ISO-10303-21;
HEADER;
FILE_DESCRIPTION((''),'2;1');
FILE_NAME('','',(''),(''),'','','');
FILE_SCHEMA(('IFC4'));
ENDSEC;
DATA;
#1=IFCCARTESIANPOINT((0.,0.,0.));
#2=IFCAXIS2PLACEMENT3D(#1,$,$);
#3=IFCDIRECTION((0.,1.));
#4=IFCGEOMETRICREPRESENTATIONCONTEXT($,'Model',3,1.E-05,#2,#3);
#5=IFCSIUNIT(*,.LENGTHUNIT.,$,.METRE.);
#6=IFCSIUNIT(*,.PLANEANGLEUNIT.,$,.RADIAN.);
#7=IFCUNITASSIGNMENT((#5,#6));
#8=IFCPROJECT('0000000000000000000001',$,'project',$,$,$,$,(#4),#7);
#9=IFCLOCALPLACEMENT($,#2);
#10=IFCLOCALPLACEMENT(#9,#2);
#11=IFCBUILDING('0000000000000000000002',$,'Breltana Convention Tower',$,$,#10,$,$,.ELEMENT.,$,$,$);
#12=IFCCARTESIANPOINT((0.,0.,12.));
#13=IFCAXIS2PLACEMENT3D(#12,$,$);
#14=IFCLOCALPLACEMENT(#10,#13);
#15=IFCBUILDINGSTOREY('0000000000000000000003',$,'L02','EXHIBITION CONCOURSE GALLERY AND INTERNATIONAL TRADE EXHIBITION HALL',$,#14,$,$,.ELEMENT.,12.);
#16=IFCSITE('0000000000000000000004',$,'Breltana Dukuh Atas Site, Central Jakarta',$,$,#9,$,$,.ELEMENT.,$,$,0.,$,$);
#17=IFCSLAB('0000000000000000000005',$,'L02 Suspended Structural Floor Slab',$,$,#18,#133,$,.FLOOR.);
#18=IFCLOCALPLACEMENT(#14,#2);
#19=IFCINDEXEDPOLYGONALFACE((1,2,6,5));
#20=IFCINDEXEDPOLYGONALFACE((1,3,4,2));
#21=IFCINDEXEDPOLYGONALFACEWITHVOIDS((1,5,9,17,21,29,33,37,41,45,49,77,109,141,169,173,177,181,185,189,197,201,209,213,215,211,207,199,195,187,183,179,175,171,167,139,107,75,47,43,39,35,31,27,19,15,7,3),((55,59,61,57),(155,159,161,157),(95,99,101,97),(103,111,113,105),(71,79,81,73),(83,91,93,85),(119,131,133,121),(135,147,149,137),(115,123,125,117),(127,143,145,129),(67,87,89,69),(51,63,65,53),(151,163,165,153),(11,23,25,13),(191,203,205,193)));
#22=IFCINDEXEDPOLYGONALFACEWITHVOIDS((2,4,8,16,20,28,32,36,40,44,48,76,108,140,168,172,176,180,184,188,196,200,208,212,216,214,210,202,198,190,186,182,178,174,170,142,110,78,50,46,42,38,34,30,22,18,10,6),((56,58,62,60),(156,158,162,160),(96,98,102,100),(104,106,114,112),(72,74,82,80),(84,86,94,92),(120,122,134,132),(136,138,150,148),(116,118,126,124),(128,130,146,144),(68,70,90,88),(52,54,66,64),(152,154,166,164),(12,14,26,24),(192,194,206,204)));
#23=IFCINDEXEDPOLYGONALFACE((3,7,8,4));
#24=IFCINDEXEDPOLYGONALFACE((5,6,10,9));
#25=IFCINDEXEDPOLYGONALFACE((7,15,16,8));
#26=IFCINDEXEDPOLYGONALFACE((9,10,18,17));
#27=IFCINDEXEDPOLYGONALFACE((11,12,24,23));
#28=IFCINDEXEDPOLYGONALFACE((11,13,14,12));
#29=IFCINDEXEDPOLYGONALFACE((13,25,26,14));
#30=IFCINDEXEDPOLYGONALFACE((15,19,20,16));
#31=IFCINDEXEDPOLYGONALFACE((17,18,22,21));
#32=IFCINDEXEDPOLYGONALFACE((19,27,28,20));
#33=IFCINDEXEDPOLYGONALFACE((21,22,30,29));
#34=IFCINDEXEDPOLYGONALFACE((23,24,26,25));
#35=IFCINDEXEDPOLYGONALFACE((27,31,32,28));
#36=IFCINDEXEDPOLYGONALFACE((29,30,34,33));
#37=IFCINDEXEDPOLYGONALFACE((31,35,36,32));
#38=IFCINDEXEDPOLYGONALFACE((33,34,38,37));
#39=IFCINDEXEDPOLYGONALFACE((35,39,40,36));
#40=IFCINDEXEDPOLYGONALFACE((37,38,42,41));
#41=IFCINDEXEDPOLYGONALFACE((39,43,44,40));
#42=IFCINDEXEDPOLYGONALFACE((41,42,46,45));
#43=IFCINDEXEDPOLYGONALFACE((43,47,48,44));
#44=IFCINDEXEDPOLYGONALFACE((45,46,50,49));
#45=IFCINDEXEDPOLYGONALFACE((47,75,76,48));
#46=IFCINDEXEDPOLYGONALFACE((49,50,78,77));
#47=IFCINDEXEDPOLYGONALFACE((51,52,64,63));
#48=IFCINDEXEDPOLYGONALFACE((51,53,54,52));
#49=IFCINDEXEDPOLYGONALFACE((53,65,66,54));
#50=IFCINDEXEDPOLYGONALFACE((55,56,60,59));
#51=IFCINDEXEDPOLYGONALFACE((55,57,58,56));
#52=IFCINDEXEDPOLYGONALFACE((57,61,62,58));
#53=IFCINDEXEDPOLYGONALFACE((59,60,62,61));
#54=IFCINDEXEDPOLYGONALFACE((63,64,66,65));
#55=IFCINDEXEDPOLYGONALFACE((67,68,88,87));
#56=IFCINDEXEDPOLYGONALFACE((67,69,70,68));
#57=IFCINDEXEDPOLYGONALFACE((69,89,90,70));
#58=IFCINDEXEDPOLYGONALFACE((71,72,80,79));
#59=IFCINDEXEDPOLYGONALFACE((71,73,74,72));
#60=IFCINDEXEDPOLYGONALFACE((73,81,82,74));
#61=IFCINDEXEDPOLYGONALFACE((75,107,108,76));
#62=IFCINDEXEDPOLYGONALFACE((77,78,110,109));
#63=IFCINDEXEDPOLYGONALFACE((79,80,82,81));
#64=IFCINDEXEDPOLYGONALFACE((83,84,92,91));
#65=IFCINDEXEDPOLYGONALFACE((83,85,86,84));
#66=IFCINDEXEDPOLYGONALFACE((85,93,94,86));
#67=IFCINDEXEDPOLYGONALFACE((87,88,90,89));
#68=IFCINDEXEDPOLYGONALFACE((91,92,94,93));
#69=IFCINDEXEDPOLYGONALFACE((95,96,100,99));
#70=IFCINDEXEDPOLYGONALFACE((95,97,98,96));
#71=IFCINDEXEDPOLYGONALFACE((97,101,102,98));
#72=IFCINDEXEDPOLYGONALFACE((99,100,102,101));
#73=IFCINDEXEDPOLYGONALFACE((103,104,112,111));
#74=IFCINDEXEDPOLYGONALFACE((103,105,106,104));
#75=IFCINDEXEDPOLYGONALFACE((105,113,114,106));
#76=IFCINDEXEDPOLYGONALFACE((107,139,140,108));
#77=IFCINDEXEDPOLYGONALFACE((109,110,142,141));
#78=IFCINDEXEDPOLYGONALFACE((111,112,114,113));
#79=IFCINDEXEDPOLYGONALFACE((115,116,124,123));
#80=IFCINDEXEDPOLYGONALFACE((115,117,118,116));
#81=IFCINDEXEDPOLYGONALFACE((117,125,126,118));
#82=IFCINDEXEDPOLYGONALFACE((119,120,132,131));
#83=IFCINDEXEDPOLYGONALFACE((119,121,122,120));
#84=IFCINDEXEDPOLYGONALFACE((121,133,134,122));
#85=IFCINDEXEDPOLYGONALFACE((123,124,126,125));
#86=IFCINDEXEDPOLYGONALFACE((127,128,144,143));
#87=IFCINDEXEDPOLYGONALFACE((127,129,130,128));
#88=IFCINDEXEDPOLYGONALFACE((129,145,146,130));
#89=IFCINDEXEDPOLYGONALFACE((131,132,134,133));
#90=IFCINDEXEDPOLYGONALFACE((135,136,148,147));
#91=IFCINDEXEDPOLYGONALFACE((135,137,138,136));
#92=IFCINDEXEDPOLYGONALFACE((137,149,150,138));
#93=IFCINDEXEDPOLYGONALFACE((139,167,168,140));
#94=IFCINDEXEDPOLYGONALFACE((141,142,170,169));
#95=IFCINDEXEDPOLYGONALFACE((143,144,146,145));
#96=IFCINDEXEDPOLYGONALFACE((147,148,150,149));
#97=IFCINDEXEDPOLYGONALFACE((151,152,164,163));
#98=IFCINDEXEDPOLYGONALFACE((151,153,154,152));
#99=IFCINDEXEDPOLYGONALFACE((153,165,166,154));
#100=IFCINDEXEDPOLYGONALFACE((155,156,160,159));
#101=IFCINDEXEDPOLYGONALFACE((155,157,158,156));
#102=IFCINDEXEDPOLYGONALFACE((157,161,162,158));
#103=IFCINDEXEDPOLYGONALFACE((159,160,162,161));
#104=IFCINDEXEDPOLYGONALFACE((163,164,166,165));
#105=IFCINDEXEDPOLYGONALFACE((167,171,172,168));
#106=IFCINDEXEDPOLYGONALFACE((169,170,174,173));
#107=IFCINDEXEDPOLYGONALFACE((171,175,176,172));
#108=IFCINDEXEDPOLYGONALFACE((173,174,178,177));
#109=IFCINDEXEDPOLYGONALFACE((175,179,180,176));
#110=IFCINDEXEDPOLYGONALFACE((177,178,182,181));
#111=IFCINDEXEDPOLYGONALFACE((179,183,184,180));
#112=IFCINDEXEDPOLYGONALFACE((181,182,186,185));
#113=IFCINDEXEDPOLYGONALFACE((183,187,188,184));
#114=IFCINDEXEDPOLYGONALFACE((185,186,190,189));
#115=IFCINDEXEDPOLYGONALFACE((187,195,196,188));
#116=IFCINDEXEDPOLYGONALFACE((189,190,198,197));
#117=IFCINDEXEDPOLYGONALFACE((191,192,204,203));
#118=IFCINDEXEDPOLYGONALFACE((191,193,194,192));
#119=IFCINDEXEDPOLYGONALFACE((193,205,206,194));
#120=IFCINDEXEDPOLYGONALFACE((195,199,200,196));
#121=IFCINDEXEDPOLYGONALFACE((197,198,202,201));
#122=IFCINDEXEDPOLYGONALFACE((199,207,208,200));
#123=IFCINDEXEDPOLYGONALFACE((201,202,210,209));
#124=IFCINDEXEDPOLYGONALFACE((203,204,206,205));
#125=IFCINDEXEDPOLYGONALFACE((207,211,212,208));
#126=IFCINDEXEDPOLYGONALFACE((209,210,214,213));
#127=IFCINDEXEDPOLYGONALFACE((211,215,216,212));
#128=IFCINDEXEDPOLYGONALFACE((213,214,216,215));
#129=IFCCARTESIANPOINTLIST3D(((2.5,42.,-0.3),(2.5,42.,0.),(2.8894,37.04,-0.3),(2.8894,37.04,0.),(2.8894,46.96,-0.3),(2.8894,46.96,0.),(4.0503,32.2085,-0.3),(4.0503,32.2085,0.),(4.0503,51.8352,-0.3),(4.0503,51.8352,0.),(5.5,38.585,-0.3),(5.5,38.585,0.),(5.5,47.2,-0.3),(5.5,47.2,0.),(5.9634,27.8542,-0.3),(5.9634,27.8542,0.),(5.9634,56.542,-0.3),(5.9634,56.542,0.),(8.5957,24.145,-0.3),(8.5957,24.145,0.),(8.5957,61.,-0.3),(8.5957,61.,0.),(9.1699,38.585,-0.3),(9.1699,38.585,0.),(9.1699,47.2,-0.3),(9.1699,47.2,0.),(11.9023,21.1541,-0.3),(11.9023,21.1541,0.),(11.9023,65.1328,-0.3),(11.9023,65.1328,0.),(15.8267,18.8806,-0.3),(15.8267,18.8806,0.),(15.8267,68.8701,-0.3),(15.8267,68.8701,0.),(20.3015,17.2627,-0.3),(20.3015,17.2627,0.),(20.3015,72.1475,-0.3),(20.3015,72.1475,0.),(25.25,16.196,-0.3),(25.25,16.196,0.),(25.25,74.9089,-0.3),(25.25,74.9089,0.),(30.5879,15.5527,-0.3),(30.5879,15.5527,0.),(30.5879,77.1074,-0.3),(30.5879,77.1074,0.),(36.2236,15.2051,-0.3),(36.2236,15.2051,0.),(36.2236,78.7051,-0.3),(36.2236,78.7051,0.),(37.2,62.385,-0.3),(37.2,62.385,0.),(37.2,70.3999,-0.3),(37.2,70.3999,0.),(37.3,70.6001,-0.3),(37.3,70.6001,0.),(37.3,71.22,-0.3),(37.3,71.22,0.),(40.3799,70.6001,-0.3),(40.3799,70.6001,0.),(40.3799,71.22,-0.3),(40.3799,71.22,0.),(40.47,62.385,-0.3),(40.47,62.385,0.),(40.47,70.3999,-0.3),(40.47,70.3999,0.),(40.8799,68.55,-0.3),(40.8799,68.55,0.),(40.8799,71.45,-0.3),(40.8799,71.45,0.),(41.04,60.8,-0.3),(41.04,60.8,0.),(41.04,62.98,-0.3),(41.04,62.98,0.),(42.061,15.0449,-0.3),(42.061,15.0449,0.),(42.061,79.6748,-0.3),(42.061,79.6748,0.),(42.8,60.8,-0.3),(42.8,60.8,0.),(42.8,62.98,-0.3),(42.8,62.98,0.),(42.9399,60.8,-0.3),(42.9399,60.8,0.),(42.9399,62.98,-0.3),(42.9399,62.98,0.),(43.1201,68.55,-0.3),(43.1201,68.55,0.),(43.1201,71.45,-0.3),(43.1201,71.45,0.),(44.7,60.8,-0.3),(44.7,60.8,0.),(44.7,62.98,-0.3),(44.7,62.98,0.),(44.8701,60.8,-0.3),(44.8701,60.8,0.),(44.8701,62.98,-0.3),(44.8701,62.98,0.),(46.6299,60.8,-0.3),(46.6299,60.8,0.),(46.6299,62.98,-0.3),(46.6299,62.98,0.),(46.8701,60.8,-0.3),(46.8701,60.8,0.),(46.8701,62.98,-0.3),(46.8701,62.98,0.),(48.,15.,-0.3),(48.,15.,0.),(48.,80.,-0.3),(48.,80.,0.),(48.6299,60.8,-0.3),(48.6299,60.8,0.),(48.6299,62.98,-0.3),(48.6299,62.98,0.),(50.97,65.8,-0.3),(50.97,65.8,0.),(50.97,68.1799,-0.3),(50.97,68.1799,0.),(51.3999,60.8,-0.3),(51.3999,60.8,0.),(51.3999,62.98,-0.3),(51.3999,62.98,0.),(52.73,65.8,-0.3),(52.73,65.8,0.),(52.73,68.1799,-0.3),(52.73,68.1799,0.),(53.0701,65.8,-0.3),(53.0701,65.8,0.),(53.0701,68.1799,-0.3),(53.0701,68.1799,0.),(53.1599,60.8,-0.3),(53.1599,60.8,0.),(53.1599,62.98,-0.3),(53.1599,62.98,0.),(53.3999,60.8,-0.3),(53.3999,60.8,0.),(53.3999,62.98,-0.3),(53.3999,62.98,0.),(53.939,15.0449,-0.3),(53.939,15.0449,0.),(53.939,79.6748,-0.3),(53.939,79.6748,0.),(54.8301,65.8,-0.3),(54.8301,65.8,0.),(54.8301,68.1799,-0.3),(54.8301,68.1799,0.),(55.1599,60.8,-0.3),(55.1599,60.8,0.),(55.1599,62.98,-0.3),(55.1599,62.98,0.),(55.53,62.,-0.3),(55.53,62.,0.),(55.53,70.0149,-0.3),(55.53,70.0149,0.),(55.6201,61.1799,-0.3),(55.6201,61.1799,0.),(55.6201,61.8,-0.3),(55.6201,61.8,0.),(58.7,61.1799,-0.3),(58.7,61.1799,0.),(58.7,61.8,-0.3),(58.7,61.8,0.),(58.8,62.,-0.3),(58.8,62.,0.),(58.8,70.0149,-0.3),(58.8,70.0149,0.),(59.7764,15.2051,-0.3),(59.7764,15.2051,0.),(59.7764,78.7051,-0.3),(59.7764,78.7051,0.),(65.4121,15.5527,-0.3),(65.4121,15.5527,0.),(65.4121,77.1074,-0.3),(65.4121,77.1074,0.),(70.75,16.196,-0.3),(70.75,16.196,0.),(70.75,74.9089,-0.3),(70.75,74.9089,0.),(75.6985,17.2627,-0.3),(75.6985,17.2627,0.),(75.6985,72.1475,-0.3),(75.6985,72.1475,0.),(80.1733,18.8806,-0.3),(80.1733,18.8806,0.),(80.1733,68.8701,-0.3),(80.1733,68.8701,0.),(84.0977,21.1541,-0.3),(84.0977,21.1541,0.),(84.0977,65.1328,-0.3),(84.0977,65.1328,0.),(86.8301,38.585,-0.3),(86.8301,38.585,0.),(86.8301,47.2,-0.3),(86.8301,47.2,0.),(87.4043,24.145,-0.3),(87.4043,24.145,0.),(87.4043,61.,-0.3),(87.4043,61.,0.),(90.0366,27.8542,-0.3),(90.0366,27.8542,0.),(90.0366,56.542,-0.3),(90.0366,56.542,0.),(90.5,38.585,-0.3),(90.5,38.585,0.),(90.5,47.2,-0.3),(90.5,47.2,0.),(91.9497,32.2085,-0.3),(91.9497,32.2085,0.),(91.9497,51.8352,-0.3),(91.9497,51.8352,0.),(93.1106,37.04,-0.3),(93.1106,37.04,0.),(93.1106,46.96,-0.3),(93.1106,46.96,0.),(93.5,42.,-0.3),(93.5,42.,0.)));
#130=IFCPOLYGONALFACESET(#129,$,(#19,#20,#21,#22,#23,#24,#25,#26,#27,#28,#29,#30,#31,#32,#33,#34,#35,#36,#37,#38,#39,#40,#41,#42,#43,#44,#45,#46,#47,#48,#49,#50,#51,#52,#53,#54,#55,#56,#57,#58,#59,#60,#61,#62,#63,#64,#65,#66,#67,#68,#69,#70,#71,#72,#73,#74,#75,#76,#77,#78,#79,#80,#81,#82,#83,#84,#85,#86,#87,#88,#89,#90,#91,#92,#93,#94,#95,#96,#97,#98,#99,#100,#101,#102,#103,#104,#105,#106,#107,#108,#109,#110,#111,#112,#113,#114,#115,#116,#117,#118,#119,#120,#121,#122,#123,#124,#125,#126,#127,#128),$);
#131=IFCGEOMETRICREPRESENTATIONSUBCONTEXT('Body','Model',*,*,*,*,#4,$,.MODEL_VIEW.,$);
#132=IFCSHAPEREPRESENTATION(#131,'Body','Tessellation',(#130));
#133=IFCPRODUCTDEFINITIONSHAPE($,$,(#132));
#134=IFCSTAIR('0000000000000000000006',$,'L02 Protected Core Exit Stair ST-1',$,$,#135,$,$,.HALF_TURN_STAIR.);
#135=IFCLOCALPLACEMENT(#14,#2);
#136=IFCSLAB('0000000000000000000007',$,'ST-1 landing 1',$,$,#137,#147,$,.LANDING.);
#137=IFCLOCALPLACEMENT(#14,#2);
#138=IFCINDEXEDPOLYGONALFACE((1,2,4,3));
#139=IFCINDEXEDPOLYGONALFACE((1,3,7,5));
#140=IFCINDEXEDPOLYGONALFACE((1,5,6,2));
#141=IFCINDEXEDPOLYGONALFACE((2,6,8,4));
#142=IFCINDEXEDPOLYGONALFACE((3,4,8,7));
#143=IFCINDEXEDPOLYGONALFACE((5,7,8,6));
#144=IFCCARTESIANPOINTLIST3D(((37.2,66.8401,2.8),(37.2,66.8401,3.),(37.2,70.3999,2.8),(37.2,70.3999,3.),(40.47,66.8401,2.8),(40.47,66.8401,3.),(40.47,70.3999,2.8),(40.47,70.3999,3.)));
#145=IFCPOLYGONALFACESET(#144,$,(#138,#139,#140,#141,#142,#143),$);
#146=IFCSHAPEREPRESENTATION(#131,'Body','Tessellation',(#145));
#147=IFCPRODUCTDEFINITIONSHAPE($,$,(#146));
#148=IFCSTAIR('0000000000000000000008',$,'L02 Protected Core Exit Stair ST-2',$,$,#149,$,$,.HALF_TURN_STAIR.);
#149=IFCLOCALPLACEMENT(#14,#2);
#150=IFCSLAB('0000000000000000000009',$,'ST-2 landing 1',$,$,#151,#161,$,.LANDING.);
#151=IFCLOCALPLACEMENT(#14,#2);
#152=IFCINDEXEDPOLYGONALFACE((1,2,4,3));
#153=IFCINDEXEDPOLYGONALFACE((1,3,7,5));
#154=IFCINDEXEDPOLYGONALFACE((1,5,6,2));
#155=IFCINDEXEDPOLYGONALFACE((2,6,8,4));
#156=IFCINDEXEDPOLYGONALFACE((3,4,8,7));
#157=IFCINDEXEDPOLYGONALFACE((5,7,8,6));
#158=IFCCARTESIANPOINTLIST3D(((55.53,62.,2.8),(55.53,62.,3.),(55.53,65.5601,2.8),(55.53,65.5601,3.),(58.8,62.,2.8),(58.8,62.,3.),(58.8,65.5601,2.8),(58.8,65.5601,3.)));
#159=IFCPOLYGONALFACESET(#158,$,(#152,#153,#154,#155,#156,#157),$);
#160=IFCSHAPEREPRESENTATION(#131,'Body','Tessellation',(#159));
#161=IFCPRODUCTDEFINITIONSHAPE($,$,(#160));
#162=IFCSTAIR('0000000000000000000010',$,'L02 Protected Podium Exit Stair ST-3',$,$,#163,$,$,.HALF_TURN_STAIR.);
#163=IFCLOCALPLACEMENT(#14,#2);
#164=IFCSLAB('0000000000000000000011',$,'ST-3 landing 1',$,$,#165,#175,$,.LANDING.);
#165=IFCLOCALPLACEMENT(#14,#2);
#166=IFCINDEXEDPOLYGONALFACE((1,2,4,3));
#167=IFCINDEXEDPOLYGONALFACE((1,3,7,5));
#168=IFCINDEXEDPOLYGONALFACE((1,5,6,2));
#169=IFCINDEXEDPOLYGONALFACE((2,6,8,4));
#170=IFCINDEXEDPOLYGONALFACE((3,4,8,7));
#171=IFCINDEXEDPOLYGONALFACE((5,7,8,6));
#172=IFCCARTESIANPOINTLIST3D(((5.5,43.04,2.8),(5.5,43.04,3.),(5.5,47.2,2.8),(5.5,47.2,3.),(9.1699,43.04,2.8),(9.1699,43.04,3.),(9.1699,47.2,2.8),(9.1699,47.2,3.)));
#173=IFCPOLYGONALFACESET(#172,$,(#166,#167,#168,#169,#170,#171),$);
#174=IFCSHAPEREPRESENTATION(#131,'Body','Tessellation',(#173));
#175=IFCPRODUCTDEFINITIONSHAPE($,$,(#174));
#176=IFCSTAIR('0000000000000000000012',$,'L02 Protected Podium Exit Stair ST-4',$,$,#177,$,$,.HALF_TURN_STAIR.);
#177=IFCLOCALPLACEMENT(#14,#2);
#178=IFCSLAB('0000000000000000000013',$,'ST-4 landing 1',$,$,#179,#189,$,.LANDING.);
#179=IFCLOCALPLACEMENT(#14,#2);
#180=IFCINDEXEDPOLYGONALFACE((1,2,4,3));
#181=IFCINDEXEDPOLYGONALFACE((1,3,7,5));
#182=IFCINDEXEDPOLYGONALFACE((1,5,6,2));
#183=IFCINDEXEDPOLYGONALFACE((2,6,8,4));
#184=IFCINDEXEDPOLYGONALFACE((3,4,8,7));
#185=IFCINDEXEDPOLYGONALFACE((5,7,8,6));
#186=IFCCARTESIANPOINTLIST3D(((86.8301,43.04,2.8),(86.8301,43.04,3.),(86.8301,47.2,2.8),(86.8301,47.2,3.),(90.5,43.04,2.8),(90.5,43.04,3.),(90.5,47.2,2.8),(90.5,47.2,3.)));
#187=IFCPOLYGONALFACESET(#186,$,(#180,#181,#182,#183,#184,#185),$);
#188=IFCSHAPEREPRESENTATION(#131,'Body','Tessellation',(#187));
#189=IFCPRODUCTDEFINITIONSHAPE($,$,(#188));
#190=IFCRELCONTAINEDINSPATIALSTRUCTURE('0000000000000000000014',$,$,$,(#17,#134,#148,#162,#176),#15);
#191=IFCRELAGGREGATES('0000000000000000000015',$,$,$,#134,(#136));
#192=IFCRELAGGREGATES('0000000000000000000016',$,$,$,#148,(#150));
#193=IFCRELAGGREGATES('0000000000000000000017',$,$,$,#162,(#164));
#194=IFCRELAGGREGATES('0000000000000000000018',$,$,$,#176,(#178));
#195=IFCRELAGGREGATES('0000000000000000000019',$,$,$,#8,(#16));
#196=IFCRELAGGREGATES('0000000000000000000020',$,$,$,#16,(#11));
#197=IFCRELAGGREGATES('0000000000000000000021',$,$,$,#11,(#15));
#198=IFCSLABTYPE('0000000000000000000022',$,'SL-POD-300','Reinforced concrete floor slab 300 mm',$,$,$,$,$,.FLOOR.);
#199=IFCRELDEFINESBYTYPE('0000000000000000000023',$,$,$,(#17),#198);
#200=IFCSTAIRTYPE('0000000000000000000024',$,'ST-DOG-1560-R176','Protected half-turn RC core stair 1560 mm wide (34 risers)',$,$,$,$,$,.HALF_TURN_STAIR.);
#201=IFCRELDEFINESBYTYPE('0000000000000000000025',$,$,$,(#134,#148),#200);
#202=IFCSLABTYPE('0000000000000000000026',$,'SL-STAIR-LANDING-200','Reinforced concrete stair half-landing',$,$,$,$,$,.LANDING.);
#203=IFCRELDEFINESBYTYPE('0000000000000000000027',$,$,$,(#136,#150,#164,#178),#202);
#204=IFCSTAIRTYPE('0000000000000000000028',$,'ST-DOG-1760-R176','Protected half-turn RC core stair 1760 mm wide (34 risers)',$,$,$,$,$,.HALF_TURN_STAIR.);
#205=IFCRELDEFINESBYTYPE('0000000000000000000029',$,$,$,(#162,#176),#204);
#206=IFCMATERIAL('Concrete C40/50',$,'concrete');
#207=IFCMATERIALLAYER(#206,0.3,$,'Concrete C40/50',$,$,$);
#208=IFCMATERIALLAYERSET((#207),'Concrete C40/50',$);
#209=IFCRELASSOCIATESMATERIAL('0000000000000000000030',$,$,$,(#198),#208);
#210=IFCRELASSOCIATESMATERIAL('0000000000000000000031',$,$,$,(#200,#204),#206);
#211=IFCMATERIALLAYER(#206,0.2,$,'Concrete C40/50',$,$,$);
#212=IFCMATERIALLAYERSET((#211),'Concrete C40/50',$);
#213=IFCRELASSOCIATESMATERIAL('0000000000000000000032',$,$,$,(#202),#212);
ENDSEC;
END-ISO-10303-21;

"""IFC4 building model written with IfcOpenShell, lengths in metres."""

from ifc_helpers import new_model, si_unit, direction, frame, origin, place, context, subcontext, project, spatial, polyline, outline, extrude, material, layer, layer_set, type_object, element, aggregate, save


model = new_model("IFC4")

# Units and contexts
model_context = context("Model", 3, precision=1e-05, world=origin(), true_north=direction((0.0, 1.0)))
body_context = subcontext(model_context, "Body", "Model", "MODEL_VIEW")
ifc_project = project(units=[si_unit("LENGTHUNIT", "METRE"), si_unit("PLANEANGLEUNIT", "RADIAN")], contexts=[model_context])

# Site, building, storey
site_placement = place(None, origin())
site = spatial("IfcSite", under=ifc_project, at=site_placement, Name="Breltana Dukuh Atas Site, Central Jakarta", CompositionType="ELEMENT", RefElevation=0.0)
building_placement = place(site_placement, origin())
building = spatial("IfcBuilding", under=site, at=building_placement, Name="Breltana Convention Tower", CompositionType="ELEMENT")
storey_placement = place(building_placement, frame((0.0, 0.0, 12.0)))
storey = spatial("IfcBuildingStorey", under=building, at=storey_placement, Name="L02", Description="EXHIBITION CONCOURSE GALLERY AND INTERNATIONAL TRADE EXHIBITION HALL", CompositionType="ELEMENT", Elevation=12.0)

# Slab
ifc_material_1 = material(Name="Concrete C40/50", Category="concrete")
ifc_layer_1 = layer(ifc_material_1, 0.3, Name="Concrete C40/50")
ifc_layer_set_1 = layer_set([ifc_layer_1], Name="Concrete C40/50")
slab_type_1 = type_object("IfcSlabType", Name="SL-POD-300", Description="Reinforced concrete floor slab 300 mm", PredefinedType="FLOOR", material=ifc_layer_set_1)
slab_1_placement = place(storey_placement, frame((0.0, 0.0, -0.3)))
element("IfcSlab", 1, at=slab_1_placement, inside=storey, type_object=slab_type_1, Name="L02 Suspended Structural Floor Slab", PredefinedType="FLOOR", context=body_context, shape_type="SweptSolid", body=[
    extrude(outline(polyline([(93.5, 42.0), (93.1106, 46.96), (91.9497, 51.8352), (90.0366, 56.542), (87.4043, 61.0), (84.0977, 65.1328), (80.1733, 68.8701), (75.6985, 72.1475), (70.75, 74.9089), (65.4121, 77.1074), (59.7764, 78.7051), (53.939, 79.6748), (48.0, 80.0), (42.061, 79.6748), (36.2236, 78.7051), (30.5879, 77.1074), (25.25, 74.9089), (20.3015, 72.1475), (15.8267, 68.8701), (11.9023, 65.1328), (8.5957, 61.0), (5.9634, 56.542), (4.0503, 51.8352), (2.8894, 46.96), (2.5, 42.0), (2.8894, 37.04), (4.0503, 32.2085), (5.9634, 27.8542), (8.5957, 24.145), (11.9023, 21.1541), (15.8267, 18.8806), (20.3015, 17.2627), (25.25, 16.196), (30.5879, 15.5527), (36.2236, 15.2051), (42.061, 15.0449), (48.0, 15.0), (53.939, 15.0449), (59.7764, 15.2051), (65.4121, 15.5527), (70.75, 16.196), (75.6985, 17.2627), (80.1733, 18.8806), (84.0977, 21.1541), (87.4043, 24.145), (90.0366, 27.8542), (91.9497, 32.2085), (93.1106, 37.04), (93.5, 42.0)]), holes=[polyline([(37.2, 62.385), (40.47, 62.385), (40.47, 70.3999), (37.2, 70.3999), (37.2, 62.385)]), polyline([(55.53, 62.0), (58.8, 62.0), (58.8, 70.0149), (55.53, 70.0149), (55.53, 62.0)]), polyline([(5.5, 38.585), (9.1699, 38.585), (9.1699, 47.2), (5.5, 47.2), (5.5, 38.585)]), polyline([(86.8301, 38.585), (90.5, 38.585), (90.5, 47.2), (86.8301, 47.2), (86.8301, 38.585)]), polyline([(41.04, 60.8), (42.8, 60.8), (42.8, 62.98), (41.04, 62.98), (41.04, 60.8)]), polyline([(42.9399, 60.8), (44.7, 60.8), (44.7, 62.98), (42.9399, 62.98), (42.9399, 60.8)]), polyline([(44.8701, 60.8), (46.6299, 60.8), (46.6299, 62.98), (44.8701, 62.98), (44.8701, 60.8)]), polyline([(46.8701, 60.8), (48.6299, 60.8), (48.6299, 62.98), (46.8701, 62.98), (46.8701, 60.8)]), polyline([(51.3999, 60.8), (53.1599, 60.8), (53.1599, 62.98), (51.3999, 62.98), (51.3999, 60.8)]), polyline([(53.3999, 60.8), (55.1599, 60.8), (55.1599, 62.98), (53.3999, 62.98), (53.3999, 60.8)]), polyline([(50.97, 65.8), (52.73, 65.8), (52.73, 68.1799), (50.97, 68.1799), (50.97, 65.8)]), polyline([(53.0701, 65.8), (54.8301, 65.8), (54.8301, 68.1799), (53.0701, 68.1799), (53.0701, 65.8)]), polyline([(40.8799, 68.55), (43.1201, 68.55), (43.1201, 71.45), (40.8799, 71.45), (40.8799, 68.55)]), polyline([(37.3, 70.6001), (40.3799, 70.6001), (40.3799, 71.22), (37.3, 71.22), (37.3, 70.6001)]), polyline([(55.6201, 61.1799), (58.7, 61.1799), (58.7, 61.8), (55.6201, 61.8), (55.6201, 61.1799)])]), origin(), (0.0, 0.0, 1.0), 0.3),
])

# Stairs, slabs
stair_type_1 = type_object("IfcStairType", Name="ST-DOG-1560-R176", Description="Protected half-turn RC core stair 1560 mm wide (34 risers)", PredefinedType="HALF_TURN_STAIR", material=ifc_material_1)
stair_1_placement = place(storey_placement, origin())
stair_1 = element("IfcStair", 2, at=stair_1_placement, inside=storey, type_object=stair_type_1, Name="L02 Protected Core Exit Stair ST-1", PredefinedType="HALF_TURN_STAIR")
ifc_layer_2 = layer(ifc_material_1, 0.2, Name="Concrete C40/50")
ifc_layer_set_2 = layer_set([ifc_layer_2], Name="Concrete C40/50")
slab_type_2 = type_object("IfcSlabType", Name="SL-STAIR-LANDING-200", Description="Reinforced concrete stair half-landing", PredefinedType="LANDING", material=ifc_layer_set_2)
slab_2_placement = place(storey_placement, frame((0.0, 0.0, 2.8)))
slab_2 = element("IfcSlab", 3, at=slab_2_placement, type_object=slab_type_2, Name="ST-1 landing 1", PredefinedType="LANDING", context=body_context, shape_type="SweptSolid", body=[
    extrude(outline(polyline([(40.47, 66.8401), (40.47, 70.3999), (37.2, 70.3999), (37.2, 66.8401), (40.47, 66.8401)])), origin(), (0.0, 0.0, 1.0), 0.2),
])
aggregate(stair_1, [slab_2])
stair_2_placement = place(storey_placement, origin())
stair_2 = element("IfcStair", 4, at=stair_2_placement, inside=storey, type_object=stair_type_1, Name="L02 Protected Core Exit Stair ST-2", PredefinedType="HALF_TURN_STAIR")
slab_3_placement = place(storey_placement, frame((0.0, 0.0, 2.8)))
slab_3 = element("IfcSlab", 5, at=slab_3_placement, type_object=slab_type_2, Name="ST-2 landing 1", PredefinedType="LANDING", context=body_context, shape_type="SweptSolid", body=[
    extrude(outline(polyline([(55.53, 65.5601), (55.53, 62.0), (58.8, 62.0), (58.8, 65.5601), (55.53, 65.5601)])), origin(), (0.0, 0.0, 1.0), 0.2),
])
aggregate(stair_2, [slab_3])
stair_type_2 = type_object("IfcStairType", Name="ST-DOG-1760-R176", Description="Protected half-turn RC core stair 1760 mm wide (34 risers)", PredefinedType="HALF_TURN_STAIR", material=ifc_material_1)
stair_3_placement = place(storey_placement, origin())
stair_3 = element("IfcStair", 6, at=stair_3_placement, inside=storey, type_object=stair_type_2, Name="L02 Protected Podium Exit Stair ST-3", PredefinedType="HALF_TURN_STAIR")
slab_4_placement = place(storey_placement, frame((0.0, 0.0, 2.8)))
slab_4 = element("IfcSlab", 7, at=slab_4_placement, type_object=slab_type_2, Name="ST-3 landing 1", PredefinedType="LANDING", context=body_context, shape_type="SweptSolid", body=[
    extrude(outline(polyline([(9.1699, 43.04), (9.1699, 47.2), (5.5, 47.2), (5.5, 43.04), (9.1699, 43.04)])), origin(), (0.0, 0.0, 1.0), 0.2),
])
aggregate(stair_3, [slab_4])
stair_4_placement = place(storey_placement, origin())
stair_4 = element("IfcStair", 8, at=stair_4_placement, inside=storey, type_object=stair_type_2, Name="L02 Protected Podium Exit Stair ST-4", PredefinedType="HALF_TURN_STAIR")
slab_5_placement = place(storey_placement, frame((0.0, 0.0, 2.8)))
slab_5 = element("IfcSlab", 9, at=slab_5_placement, type_object=slab_type_2, Name="ST-4 landing 1", PredefinedType="LANDING", context=body_context, shape_type="SweptSolid", body=[
    extrude(outline(polyline([(90.5, 43.04), (90.5, 47.2), (86.8301, 47.2), (86.8301, 43.04), (90.5, 43.04)])), origin(), (0.0, 0.0, 1.0), 0.2),
])
aggregate(stair_4, [slab_5])

save(model, "model.ifc")
